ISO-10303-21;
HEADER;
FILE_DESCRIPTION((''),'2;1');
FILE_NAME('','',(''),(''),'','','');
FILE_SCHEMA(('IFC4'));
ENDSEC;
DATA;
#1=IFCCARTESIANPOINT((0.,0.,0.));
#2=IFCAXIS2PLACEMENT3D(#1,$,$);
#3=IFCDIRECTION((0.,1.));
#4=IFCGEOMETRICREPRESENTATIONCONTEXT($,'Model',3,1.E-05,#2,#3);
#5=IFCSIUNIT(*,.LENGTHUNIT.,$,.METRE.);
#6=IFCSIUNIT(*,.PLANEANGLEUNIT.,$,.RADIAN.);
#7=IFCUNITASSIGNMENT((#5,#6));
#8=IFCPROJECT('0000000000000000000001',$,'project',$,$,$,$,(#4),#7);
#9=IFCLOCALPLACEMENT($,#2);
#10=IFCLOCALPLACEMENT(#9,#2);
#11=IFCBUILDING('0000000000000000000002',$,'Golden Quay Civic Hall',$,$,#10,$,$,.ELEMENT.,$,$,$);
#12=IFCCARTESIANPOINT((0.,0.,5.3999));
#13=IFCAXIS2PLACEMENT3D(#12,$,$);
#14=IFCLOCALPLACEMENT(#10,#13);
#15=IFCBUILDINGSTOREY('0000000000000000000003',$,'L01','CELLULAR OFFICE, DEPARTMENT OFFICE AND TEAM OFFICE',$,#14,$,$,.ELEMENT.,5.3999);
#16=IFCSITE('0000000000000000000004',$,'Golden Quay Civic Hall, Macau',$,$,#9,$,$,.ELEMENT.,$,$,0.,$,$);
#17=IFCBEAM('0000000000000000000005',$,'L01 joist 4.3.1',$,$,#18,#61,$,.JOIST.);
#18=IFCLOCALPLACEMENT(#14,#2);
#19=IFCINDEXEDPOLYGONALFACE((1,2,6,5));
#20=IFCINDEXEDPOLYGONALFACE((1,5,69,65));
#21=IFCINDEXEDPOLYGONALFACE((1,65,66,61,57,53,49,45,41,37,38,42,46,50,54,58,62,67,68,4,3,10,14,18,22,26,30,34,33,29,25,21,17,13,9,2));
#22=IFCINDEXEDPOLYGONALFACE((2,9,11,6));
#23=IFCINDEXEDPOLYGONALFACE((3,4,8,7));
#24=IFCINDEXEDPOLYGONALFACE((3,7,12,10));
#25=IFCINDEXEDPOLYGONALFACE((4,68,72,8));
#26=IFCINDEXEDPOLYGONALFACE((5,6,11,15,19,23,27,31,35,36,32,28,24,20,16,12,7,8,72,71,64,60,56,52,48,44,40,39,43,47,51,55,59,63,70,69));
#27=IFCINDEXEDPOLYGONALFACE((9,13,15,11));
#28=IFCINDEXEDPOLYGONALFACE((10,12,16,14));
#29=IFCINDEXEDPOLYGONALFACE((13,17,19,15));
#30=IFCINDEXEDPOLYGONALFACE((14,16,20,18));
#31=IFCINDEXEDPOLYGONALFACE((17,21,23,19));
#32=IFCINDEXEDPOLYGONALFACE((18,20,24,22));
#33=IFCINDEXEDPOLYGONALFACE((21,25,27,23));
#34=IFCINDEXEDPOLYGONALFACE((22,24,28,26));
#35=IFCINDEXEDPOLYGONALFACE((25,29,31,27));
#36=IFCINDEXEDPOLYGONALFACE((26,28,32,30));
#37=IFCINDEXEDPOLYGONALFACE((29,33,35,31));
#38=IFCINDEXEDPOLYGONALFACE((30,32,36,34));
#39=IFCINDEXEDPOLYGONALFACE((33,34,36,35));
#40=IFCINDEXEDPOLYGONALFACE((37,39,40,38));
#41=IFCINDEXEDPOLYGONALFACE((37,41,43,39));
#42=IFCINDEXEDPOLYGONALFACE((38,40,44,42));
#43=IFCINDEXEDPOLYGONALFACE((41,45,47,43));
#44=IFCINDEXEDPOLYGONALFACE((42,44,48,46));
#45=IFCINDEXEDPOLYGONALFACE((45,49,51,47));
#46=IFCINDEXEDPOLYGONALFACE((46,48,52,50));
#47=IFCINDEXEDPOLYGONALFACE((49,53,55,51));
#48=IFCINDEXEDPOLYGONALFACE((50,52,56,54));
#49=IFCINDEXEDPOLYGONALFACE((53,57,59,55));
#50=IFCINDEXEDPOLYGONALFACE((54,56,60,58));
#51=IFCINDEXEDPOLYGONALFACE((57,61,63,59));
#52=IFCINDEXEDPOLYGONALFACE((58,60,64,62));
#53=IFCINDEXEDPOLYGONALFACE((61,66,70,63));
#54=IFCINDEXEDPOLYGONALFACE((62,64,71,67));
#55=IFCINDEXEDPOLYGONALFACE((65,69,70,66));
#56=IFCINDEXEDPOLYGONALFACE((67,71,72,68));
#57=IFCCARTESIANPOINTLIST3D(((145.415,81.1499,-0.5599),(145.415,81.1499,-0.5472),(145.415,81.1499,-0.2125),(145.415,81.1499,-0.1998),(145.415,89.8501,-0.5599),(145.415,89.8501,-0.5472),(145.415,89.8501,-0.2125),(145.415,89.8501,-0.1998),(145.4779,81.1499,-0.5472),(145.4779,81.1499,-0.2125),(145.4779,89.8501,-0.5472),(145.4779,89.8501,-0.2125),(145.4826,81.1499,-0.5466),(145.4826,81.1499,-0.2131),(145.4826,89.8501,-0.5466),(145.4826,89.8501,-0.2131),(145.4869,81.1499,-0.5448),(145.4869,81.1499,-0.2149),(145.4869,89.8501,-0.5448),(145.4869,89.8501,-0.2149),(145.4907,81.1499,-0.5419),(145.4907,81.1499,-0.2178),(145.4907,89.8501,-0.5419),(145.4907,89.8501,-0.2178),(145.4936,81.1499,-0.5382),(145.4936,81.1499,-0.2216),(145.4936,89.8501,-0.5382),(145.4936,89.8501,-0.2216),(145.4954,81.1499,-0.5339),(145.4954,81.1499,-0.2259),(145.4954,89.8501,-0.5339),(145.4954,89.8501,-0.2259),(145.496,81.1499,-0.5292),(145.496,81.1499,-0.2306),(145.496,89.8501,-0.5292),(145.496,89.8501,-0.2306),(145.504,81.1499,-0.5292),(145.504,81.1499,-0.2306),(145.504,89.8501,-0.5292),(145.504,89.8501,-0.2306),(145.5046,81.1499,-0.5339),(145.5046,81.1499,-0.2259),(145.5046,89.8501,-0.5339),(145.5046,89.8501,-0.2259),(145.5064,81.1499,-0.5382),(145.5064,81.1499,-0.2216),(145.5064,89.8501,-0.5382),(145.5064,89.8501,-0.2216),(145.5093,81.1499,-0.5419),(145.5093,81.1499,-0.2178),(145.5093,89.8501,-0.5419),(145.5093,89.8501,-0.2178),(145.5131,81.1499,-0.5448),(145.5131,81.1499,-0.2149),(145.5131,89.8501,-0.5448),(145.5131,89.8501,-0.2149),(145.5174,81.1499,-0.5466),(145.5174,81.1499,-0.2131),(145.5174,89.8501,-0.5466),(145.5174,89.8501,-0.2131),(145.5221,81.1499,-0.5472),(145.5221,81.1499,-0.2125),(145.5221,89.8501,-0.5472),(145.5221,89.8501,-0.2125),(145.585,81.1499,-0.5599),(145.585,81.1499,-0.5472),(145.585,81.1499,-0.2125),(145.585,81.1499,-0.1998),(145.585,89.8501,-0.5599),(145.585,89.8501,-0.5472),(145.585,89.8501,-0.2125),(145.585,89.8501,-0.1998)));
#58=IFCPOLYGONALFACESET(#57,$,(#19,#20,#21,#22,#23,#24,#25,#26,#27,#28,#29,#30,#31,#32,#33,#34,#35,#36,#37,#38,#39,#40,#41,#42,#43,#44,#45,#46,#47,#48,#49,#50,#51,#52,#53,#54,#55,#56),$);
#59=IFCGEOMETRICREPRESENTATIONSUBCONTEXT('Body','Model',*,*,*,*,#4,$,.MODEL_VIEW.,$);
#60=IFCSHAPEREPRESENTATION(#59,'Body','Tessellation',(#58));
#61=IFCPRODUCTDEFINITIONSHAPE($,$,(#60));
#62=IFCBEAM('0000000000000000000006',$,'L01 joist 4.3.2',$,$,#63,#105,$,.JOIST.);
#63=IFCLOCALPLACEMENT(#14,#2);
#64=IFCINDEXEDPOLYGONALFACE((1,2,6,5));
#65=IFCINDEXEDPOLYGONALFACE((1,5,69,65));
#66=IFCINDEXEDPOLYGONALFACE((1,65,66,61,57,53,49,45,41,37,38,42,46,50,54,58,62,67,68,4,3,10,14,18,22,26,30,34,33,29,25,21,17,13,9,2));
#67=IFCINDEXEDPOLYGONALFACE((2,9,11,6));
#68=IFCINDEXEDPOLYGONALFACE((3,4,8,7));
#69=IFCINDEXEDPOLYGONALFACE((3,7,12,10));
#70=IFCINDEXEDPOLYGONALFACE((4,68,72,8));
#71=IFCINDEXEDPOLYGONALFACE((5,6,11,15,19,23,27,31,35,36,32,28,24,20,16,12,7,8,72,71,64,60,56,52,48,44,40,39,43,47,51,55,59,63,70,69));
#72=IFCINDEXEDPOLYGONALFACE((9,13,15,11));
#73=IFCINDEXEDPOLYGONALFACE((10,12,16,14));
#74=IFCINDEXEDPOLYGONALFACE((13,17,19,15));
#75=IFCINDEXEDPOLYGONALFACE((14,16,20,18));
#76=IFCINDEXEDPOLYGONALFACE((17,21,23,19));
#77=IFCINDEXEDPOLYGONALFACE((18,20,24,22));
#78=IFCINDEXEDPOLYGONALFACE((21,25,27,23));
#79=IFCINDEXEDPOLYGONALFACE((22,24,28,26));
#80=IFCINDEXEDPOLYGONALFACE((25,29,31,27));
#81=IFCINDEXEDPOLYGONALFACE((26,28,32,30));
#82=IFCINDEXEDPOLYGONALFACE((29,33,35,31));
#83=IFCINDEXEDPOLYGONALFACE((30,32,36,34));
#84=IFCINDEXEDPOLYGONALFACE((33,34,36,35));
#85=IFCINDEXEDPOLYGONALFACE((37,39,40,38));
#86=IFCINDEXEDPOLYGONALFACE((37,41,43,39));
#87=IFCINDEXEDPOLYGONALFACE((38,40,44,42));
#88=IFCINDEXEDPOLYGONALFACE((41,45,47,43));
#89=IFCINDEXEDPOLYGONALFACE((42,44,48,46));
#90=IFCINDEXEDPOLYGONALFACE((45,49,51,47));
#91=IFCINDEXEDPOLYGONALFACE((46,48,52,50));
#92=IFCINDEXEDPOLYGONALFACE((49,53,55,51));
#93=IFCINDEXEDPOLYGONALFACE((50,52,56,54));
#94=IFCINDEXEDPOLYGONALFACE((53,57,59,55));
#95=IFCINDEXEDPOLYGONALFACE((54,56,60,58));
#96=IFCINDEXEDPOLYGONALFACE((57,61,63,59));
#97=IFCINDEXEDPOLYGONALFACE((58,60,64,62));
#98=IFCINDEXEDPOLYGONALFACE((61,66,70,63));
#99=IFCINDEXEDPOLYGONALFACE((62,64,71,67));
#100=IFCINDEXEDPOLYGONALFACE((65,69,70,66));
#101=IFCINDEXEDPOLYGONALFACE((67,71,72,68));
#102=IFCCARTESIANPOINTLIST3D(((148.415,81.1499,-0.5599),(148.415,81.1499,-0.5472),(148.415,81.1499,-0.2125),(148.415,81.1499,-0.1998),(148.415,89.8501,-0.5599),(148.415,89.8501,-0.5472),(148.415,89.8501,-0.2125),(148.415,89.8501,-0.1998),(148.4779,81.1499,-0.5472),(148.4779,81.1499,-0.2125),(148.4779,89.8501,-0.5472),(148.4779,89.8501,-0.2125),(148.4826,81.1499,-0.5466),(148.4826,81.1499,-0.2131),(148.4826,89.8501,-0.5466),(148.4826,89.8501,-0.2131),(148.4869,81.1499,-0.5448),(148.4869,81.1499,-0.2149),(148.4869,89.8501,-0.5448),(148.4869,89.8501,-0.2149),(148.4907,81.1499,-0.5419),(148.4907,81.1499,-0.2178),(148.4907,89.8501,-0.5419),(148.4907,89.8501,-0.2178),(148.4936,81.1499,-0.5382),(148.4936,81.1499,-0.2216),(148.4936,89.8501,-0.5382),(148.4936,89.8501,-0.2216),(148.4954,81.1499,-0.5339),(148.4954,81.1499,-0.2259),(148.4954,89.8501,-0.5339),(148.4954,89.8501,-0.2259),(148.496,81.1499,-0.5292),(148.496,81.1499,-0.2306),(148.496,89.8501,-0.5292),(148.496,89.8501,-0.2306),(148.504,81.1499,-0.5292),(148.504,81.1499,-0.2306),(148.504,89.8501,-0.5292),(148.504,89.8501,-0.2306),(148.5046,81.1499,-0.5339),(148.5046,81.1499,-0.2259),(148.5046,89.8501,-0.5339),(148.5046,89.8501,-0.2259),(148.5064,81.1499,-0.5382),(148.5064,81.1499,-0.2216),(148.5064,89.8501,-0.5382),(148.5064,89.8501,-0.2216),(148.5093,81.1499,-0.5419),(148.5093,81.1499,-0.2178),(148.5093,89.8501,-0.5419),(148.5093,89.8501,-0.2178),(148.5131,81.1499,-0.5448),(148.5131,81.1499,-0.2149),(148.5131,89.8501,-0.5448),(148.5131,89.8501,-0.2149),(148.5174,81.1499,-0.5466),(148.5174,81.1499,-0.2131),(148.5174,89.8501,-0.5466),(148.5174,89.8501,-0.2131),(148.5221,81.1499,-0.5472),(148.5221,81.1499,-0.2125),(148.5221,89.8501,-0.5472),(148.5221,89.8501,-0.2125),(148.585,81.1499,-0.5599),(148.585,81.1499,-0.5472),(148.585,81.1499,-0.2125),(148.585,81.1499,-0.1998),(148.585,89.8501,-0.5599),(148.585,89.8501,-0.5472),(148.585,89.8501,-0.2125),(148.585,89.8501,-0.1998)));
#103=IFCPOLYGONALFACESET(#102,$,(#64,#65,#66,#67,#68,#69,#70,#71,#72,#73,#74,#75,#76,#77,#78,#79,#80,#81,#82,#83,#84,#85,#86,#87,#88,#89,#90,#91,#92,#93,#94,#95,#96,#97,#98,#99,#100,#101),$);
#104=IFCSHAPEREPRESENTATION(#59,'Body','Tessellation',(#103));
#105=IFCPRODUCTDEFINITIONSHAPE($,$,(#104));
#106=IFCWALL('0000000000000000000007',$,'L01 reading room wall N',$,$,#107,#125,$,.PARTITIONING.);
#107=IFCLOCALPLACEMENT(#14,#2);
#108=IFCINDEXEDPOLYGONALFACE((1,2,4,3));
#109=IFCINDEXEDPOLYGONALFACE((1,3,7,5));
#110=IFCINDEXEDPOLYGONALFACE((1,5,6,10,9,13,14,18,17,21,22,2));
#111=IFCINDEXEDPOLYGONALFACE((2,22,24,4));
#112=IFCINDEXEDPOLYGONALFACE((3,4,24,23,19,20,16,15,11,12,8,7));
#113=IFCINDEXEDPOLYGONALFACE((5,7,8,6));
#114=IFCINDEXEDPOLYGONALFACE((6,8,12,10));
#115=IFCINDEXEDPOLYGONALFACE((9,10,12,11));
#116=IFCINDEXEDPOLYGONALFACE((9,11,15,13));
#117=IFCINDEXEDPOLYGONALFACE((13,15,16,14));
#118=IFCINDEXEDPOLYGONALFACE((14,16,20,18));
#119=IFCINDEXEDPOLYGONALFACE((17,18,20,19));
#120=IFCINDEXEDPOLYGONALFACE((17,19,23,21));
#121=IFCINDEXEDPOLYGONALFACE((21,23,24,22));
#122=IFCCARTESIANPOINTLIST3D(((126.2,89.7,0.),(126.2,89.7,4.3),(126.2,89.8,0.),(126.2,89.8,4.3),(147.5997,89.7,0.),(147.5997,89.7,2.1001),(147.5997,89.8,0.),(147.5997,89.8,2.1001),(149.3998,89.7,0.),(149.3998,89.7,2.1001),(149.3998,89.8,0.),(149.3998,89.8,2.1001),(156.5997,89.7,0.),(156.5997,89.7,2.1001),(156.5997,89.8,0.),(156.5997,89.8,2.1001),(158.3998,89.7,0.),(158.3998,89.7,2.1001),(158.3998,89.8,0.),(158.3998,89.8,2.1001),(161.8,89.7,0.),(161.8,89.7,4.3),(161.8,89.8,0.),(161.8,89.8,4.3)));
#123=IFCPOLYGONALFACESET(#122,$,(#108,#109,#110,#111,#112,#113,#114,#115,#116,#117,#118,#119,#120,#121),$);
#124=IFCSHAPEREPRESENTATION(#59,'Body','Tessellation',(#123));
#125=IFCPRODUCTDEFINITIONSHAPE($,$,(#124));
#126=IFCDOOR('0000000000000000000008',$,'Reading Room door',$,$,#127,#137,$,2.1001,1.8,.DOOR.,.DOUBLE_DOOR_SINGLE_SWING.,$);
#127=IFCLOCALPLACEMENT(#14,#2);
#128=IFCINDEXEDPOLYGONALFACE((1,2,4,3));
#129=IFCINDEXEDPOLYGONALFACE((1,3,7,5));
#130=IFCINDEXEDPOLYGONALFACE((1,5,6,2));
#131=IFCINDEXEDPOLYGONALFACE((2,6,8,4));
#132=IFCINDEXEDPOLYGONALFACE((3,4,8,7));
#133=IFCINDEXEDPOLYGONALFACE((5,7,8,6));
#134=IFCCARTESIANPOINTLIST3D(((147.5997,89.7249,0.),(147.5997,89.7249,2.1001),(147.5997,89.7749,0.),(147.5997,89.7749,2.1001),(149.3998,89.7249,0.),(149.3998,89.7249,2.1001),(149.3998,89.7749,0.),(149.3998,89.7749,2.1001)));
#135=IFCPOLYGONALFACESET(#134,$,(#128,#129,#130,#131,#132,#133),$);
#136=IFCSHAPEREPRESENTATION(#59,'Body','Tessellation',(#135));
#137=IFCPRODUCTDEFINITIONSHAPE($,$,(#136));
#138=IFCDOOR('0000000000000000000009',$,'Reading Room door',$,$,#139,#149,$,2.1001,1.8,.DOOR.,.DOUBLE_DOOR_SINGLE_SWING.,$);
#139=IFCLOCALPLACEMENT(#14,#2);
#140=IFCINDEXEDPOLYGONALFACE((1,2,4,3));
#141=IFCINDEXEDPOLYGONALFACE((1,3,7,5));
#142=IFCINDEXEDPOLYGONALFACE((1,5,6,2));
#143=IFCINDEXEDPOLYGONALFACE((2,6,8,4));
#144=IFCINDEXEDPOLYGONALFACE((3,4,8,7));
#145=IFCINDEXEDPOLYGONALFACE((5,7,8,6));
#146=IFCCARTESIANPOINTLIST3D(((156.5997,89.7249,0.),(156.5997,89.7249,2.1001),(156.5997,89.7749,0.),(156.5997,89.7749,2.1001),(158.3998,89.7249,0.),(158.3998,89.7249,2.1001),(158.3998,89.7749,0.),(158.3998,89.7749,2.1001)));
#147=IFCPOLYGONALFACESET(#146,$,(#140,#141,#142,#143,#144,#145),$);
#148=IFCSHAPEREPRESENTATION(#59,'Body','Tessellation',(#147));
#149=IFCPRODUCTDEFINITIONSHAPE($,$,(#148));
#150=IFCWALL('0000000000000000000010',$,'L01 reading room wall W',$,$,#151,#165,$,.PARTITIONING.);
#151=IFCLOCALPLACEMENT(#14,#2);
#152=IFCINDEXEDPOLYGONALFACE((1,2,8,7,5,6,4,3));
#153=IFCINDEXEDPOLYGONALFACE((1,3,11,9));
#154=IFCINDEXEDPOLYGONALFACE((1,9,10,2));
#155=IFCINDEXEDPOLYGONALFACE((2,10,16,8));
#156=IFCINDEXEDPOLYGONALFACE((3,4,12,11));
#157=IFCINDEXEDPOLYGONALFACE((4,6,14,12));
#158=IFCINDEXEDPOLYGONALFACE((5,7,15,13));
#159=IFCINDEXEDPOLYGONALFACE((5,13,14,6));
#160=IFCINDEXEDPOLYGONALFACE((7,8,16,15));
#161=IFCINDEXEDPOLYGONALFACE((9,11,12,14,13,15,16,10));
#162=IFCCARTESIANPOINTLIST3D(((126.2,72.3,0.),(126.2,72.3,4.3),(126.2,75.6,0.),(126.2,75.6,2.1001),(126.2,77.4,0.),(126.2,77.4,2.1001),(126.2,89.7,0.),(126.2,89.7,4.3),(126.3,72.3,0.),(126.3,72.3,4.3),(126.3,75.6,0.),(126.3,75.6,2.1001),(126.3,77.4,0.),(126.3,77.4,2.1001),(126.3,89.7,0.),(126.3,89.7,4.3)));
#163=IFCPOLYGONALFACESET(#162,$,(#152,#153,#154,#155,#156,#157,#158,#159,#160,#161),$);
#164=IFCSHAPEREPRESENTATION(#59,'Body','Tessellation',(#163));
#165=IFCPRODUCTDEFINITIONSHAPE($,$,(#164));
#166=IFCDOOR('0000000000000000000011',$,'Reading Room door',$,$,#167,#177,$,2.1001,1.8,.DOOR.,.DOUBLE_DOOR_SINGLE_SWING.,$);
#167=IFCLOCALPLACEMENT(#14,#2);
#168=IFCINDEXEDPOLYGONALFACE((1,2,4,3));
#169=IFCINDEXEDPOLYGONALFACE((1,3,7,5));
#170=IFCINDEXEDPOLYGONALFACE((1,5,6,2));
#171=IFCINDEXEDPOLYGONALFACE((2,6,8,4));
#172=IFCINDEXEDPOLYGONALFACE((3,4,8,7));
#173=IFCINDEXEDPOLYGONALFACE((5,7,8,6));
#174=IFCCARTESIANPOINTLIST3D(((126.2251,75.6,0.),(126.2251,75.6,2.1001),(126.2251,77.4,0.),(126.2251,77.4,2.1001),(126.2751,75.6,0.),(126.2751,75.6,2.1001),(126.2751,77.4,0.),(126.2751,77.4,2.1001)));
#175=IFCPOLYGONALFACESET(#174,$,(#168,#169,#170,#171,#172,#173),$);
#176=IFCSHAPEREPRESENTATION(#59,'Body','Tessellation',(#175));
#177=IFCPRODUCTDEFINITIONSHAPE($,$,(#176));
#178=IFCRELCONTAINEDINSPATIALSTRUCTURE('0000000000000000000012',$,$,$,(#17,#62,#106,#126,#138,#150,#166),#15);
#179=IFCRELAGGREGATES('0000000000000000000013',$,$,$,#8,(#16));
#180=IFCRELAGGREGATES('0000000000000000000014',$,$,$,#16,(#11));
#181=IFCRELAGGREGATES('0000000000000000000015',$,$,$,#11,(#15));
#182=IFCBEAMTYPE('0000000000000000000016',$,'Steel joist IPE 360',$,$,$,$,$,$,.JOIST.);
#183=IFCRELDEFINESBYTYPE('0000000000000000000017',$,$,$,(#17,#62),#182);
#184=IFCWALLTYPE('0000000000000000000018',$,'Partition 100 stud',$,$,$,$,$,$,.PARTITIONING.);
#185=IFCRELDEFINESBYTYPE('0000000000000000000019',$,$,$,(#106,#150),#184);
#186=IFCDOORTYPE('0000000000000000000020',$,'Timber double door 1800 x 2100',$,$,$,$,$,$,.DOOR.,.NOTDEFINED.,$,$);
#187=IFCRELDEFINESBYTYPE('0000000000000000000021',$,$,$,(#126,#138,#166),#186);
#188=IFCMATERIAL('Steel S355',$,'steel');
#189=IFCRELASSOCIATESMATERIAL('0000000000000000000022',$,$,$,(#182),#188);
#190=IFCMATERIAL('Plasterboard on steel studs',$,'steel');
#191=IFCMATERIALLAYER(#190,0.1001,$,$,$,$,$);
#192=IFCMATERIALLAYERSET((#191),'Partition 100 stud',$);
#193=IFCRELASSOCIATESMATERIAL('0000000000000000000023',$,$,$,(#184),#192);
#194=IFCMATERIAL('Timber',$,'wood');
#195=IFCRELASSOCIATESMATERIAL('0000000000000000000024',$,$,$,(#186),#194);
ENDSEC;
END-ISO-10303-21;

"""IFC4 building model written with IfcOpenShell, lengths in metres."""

from ifc_helpers import new_model, si_unit, direction, frame, frame_2d, origin, origin_2d, place, context, subcontext, project, spatial, rectangle, i_section, extrude, material, layer, layer_set, material_profile, profile_set, type_object, element, fill, save


model = new_model("IFC4")

# Units and contexts
model_context = context("Model", 3, precision=1e-05, world=origin(), true_north=direction((0.0, 1.0)))
body_context = subcontext(model_context, "Body", "Model", "MODEL_VIEW")
ifc_project = project(units=[si_unit("LENGTHUNIT", "METRE"), si_unit("PLANEANGLEUNIT", "RADIAN")], contexts=[model_context])

# Site, building, storey
site_placement = place(None, origin())
site = spatial("IfcSite", under=ifc_project, at=site_placement, Name="Golden Quay Civic Hall, Macau", CompositionType="ELEMENT", RefElevation=0.0)
building_placement = place(site_placement, origin())
building = spatial("IfcBuilding", under=site, at=building_placement, Name="Golden Quay Civic Hall", CompositionType="ELEMENT")
storey_placement = place(building_placement, frame((0.0, 0.0, 5.3999)))
storey = spatial("IfcBuildingStorey", under=building, at=storey_placement, Name="L01", Description="CELLULAR OFFICE, DEPARTMENT OFFICE AND TEAM OFFICE", CompositionType="ELEMENT", Elevation=5.3999)

# Beams
ifc_material_1 = material(Name="Steel S355", Category="steel")
ifc_material_profile_1 = material_profile(ifc_material_1, i_section(OverallWidth=0.1699, OverallDepth=0.3601, WebThickness=0.0081, FlangeThickness=0.0127, FilletRadius=0.0181, at=origin_2d()), Name="IPE 360")
ifc_profile_set_1 = profile_set([ifc_material_profile_1], Name="Steel S355")
beam_type_1 = type_object("IfcBeamType", Name="Steel joist IPE 360", PredefinedType="JOIST", material=ifc_profile_set_1)
for number, where, z_axis, x_axis, name in (
    (1, (145.5, 81.1499, -0.3799), (0.0, 1.0, 0.0), (-1.0, 0.0, 0.0), "L01 joist 4.3.1"),
    (2, (148.5, 81.1499, -0.3799), (0.0, 1.0, 0.0), (-1.0, 0.0, 0.0), "L01 joist 4.3.2"),
):
    element("IfcBeam", number, at=place(storey_placement, frame(where, z_axis=z_axis, x_axis=x_axis)), inside=storey, type_object=beam_type_1, Name=name, PredefinedType="JOIST", context=body_context, shape_type="SweptSolid", body=[
        extrude(i_section(OverallWidth=0.1699, OverallDepth=0.3601, WebThickness=0.0081, FlangeThickness=0.0127, FilletRadius=0.0181, at=origin_2d()), origin(), (0.0, 0.0, 1.0), 8.7002),
    ])

# Wall, openings, doors
ifc_material_2 = material(Name="Plasterboard on steel studs", Category="steel")
ifc_layer = layer(ifc_material_2, 0.1001)
ifc_layer_set = layer_set([ifc_layer], Name="Partition 100 stud")
wall_type = type_object("IfcWallType", Name="Partition 100 stud", PredefinedType="PARTITIONING", material=ifc_layer_set)
wall_1_placement = place(storey_placement, frame((126.2, 89.75, 0.0), z_axis=(0.0, 0.0, 1.0), x_axis=(1.0, 0.0, 0.0)))
wall_1 = element("IfcWall", 3, at=wall_1_placement, inside=storey, type_object=wall_type, Name="L01 reading room wall N", PredefinedType="PARTITIONING", context=body_context, shape_type="SweptSolid", body=[
    extrude(rectangle(XDim=35.6001, YDim=0.1001, at=frame_2d((17.8, 0.0))), origin(), (0.0, 0.0, 1.0), 4.3),
])
opening_1_placement = place(wall_1_placement, frame((21.3999, 0.0, 0.0)))
opening_1 = element("IfcOpeningElement", 4, at=opening_1_placement, cuts=wall_1, PredefinedType="OPENING", context=body_context, shape_type="SweptSolid", body=[
    extrude(rectangle(XDim=1.8, YDim=2.1001, at=frame_2d((0.8999, 1.05))), frame((0.0, 0.0601, 0.0), z_axis=(0.0, -1.0, 0.0), x_axis=(1.0, 0.0, 0.0)), (0.0, 0.0, 1.0), 0.1201),
])
opening_2_placement = place(wall_1_placement, frame((30.3999, 0.0, 0.0)))
opening_2 = element("IfcOpeningElement", 5, at=opening_2_placement, cuts=wall_1, PredefinedType="OPENING", context=body_context, shape_type="SweptSolid", body=[
    extrude(rectangle(XDim=1.8, YDim=2.1001, at=frame_2d((0.8999, 1.05))), frame((0.0, 0.0601, 0.0), z_axis=(0.0, -1.0, 0.0), x_axis=(1.0, 0.0, 0.0)), (0.0, 0.0, 1.0), 0.1201),
])
ifc_material_3 = material(Name="Timber", Category="wood")
door_type = type_object("IfcDoorType", Name="Timber double door 1800 x 2100", OperationType="NOTDEFINED", PredefinedType="DOOR", material=ifc_material_3)
door_1_placement = place(opening_1_placement, frame((1.8, 0.0, 0.0), z_axis=(0.0, 0.0, 1.0), x_axis=(-1.0, 0.0, 0.0)))
door_1 = element("IfcDoor", 6, at=door_1_placement, inside=storey, type_object=door_type, Name="Reading Room door", OperationType="DOUBLE_DOOR_SINGLE_SWING", OverallHeight=2.1001, OverallWidth=1.8, PredefinedType="DOOR", context=body_context, shape_type="SweptSolid", body=[
    extrude(rectangle(XDim=1.8, YDim=2.1001, at=frame_2d((0.9001, 1.05))), frame((0.0, 0.0251, 0.0), z_axis=(0.0, -1.0, 0.0), x_axis=(1.0, 0.0, 0.0)), (0.0, 0.0, 1.0), 0.05),
])
fill(opening_1, door_1)
door_2_placement = place(opening_2_placement, frame((1.8, 0.0, 0.0), z_axis=(0.0, 0.0, 1.0), x_axis=(-1.0, 0.0, 0.0)))
door_2 = element("IfcDoor", 7, at=door_2_placement, inside=storey, type_object=door_type, Name="Reading Room door", OperationType="DOUBLE_DOOR_SINGLE_SWING", OverallHeight=2.1001, OverallWidth=1.8, PredefinedType="DOOR", context=body_context, shape_type="SweptSolid", body=[
    extrude(rectangle(XDim=1.8, YDim=2.1001, at=frame_2d((0.9001, 1.05))), frame((0.0, 0.0251, 0.0), z_axis=(0.0, -1.0, 0.0), x_axis=(1.0, 0.0, 0.0)), (0.0, 0.0, 1.0), 0.05),
])
fill(opening_2, door_2)

# Wall, opening, door
wall_2_placement = place(storey_placement, frame((126.25, 72.3, 0.0), z_axis=(0.0, 0.0, 1.0), x_axis=(0.0, 1.0, 0.0)))
wall_2 = element("IfcWall", 8, at=wall_2_placement, inside=storey, type_object=wall_type, Name="L01 reading room wall W", PredefinedType="PARTITIONING", context=body_context, shape_type="SweptSolid", body=[
    extrude(rectangle(XDim=17.3999, YDim=0.1001, at=frame_2d((8.7, 0.0))), origin(), (0.0, 0.0, 1.0), 4.3),
])
opening_3_placement = place(wall_2_placement, frame((3.3, 0.0, 0.0)))
opening_3 = element("IfcOpeningElement", 9, at=opening_3_placement, cuts=wall_2, PredefinedType="OPENING", context=body_context, shape_type="SweptSolid", body=[
    extrude(rectangle(XDim=1.8, YDim=2.1001, at=frame_2d((0.8999, 1.05))), frame((0.0, 0.0601, 0.0), z_axis=(0.0, -1.0, 0.0), x_axis=(1.0, 0.0, 0.0)), (0.0, 0.0, 1.0), 0.1201),
])
door_3_placement = place(opening_3_placement, frame((1.8, 0.0, 0.0), z_axis=(0.0, 0.0, 1.0), x_axis=(-1.0, 0.0, 0.0)))
door_3 = element("IfcDoor", 10, at=door_3_placement, inside=storey, type_object=door_type, Name="Reading Room door", OperationType="DOUBLE_DOOR_SINGLE_SWING", OverallHeight=2.1001, OverallWidth=1.8, PredefinedType="DOOR", context=body_context, shape_type="SweptSolid", body=[
    extrude(rectangle(XDim=1.8, YDim=2.1001, at=frame_2d((0.9001, 1.05))), frame((0.0, 0.0251, 0.0), z_axis=(0.0, -1.0, 0.0), x_axis=(1.0, 0.0, 0.0)), (0.0, 0.0, 1.0), 0.05),
])
fill(opening_3, door_3)

save(model, "model.ifc")
